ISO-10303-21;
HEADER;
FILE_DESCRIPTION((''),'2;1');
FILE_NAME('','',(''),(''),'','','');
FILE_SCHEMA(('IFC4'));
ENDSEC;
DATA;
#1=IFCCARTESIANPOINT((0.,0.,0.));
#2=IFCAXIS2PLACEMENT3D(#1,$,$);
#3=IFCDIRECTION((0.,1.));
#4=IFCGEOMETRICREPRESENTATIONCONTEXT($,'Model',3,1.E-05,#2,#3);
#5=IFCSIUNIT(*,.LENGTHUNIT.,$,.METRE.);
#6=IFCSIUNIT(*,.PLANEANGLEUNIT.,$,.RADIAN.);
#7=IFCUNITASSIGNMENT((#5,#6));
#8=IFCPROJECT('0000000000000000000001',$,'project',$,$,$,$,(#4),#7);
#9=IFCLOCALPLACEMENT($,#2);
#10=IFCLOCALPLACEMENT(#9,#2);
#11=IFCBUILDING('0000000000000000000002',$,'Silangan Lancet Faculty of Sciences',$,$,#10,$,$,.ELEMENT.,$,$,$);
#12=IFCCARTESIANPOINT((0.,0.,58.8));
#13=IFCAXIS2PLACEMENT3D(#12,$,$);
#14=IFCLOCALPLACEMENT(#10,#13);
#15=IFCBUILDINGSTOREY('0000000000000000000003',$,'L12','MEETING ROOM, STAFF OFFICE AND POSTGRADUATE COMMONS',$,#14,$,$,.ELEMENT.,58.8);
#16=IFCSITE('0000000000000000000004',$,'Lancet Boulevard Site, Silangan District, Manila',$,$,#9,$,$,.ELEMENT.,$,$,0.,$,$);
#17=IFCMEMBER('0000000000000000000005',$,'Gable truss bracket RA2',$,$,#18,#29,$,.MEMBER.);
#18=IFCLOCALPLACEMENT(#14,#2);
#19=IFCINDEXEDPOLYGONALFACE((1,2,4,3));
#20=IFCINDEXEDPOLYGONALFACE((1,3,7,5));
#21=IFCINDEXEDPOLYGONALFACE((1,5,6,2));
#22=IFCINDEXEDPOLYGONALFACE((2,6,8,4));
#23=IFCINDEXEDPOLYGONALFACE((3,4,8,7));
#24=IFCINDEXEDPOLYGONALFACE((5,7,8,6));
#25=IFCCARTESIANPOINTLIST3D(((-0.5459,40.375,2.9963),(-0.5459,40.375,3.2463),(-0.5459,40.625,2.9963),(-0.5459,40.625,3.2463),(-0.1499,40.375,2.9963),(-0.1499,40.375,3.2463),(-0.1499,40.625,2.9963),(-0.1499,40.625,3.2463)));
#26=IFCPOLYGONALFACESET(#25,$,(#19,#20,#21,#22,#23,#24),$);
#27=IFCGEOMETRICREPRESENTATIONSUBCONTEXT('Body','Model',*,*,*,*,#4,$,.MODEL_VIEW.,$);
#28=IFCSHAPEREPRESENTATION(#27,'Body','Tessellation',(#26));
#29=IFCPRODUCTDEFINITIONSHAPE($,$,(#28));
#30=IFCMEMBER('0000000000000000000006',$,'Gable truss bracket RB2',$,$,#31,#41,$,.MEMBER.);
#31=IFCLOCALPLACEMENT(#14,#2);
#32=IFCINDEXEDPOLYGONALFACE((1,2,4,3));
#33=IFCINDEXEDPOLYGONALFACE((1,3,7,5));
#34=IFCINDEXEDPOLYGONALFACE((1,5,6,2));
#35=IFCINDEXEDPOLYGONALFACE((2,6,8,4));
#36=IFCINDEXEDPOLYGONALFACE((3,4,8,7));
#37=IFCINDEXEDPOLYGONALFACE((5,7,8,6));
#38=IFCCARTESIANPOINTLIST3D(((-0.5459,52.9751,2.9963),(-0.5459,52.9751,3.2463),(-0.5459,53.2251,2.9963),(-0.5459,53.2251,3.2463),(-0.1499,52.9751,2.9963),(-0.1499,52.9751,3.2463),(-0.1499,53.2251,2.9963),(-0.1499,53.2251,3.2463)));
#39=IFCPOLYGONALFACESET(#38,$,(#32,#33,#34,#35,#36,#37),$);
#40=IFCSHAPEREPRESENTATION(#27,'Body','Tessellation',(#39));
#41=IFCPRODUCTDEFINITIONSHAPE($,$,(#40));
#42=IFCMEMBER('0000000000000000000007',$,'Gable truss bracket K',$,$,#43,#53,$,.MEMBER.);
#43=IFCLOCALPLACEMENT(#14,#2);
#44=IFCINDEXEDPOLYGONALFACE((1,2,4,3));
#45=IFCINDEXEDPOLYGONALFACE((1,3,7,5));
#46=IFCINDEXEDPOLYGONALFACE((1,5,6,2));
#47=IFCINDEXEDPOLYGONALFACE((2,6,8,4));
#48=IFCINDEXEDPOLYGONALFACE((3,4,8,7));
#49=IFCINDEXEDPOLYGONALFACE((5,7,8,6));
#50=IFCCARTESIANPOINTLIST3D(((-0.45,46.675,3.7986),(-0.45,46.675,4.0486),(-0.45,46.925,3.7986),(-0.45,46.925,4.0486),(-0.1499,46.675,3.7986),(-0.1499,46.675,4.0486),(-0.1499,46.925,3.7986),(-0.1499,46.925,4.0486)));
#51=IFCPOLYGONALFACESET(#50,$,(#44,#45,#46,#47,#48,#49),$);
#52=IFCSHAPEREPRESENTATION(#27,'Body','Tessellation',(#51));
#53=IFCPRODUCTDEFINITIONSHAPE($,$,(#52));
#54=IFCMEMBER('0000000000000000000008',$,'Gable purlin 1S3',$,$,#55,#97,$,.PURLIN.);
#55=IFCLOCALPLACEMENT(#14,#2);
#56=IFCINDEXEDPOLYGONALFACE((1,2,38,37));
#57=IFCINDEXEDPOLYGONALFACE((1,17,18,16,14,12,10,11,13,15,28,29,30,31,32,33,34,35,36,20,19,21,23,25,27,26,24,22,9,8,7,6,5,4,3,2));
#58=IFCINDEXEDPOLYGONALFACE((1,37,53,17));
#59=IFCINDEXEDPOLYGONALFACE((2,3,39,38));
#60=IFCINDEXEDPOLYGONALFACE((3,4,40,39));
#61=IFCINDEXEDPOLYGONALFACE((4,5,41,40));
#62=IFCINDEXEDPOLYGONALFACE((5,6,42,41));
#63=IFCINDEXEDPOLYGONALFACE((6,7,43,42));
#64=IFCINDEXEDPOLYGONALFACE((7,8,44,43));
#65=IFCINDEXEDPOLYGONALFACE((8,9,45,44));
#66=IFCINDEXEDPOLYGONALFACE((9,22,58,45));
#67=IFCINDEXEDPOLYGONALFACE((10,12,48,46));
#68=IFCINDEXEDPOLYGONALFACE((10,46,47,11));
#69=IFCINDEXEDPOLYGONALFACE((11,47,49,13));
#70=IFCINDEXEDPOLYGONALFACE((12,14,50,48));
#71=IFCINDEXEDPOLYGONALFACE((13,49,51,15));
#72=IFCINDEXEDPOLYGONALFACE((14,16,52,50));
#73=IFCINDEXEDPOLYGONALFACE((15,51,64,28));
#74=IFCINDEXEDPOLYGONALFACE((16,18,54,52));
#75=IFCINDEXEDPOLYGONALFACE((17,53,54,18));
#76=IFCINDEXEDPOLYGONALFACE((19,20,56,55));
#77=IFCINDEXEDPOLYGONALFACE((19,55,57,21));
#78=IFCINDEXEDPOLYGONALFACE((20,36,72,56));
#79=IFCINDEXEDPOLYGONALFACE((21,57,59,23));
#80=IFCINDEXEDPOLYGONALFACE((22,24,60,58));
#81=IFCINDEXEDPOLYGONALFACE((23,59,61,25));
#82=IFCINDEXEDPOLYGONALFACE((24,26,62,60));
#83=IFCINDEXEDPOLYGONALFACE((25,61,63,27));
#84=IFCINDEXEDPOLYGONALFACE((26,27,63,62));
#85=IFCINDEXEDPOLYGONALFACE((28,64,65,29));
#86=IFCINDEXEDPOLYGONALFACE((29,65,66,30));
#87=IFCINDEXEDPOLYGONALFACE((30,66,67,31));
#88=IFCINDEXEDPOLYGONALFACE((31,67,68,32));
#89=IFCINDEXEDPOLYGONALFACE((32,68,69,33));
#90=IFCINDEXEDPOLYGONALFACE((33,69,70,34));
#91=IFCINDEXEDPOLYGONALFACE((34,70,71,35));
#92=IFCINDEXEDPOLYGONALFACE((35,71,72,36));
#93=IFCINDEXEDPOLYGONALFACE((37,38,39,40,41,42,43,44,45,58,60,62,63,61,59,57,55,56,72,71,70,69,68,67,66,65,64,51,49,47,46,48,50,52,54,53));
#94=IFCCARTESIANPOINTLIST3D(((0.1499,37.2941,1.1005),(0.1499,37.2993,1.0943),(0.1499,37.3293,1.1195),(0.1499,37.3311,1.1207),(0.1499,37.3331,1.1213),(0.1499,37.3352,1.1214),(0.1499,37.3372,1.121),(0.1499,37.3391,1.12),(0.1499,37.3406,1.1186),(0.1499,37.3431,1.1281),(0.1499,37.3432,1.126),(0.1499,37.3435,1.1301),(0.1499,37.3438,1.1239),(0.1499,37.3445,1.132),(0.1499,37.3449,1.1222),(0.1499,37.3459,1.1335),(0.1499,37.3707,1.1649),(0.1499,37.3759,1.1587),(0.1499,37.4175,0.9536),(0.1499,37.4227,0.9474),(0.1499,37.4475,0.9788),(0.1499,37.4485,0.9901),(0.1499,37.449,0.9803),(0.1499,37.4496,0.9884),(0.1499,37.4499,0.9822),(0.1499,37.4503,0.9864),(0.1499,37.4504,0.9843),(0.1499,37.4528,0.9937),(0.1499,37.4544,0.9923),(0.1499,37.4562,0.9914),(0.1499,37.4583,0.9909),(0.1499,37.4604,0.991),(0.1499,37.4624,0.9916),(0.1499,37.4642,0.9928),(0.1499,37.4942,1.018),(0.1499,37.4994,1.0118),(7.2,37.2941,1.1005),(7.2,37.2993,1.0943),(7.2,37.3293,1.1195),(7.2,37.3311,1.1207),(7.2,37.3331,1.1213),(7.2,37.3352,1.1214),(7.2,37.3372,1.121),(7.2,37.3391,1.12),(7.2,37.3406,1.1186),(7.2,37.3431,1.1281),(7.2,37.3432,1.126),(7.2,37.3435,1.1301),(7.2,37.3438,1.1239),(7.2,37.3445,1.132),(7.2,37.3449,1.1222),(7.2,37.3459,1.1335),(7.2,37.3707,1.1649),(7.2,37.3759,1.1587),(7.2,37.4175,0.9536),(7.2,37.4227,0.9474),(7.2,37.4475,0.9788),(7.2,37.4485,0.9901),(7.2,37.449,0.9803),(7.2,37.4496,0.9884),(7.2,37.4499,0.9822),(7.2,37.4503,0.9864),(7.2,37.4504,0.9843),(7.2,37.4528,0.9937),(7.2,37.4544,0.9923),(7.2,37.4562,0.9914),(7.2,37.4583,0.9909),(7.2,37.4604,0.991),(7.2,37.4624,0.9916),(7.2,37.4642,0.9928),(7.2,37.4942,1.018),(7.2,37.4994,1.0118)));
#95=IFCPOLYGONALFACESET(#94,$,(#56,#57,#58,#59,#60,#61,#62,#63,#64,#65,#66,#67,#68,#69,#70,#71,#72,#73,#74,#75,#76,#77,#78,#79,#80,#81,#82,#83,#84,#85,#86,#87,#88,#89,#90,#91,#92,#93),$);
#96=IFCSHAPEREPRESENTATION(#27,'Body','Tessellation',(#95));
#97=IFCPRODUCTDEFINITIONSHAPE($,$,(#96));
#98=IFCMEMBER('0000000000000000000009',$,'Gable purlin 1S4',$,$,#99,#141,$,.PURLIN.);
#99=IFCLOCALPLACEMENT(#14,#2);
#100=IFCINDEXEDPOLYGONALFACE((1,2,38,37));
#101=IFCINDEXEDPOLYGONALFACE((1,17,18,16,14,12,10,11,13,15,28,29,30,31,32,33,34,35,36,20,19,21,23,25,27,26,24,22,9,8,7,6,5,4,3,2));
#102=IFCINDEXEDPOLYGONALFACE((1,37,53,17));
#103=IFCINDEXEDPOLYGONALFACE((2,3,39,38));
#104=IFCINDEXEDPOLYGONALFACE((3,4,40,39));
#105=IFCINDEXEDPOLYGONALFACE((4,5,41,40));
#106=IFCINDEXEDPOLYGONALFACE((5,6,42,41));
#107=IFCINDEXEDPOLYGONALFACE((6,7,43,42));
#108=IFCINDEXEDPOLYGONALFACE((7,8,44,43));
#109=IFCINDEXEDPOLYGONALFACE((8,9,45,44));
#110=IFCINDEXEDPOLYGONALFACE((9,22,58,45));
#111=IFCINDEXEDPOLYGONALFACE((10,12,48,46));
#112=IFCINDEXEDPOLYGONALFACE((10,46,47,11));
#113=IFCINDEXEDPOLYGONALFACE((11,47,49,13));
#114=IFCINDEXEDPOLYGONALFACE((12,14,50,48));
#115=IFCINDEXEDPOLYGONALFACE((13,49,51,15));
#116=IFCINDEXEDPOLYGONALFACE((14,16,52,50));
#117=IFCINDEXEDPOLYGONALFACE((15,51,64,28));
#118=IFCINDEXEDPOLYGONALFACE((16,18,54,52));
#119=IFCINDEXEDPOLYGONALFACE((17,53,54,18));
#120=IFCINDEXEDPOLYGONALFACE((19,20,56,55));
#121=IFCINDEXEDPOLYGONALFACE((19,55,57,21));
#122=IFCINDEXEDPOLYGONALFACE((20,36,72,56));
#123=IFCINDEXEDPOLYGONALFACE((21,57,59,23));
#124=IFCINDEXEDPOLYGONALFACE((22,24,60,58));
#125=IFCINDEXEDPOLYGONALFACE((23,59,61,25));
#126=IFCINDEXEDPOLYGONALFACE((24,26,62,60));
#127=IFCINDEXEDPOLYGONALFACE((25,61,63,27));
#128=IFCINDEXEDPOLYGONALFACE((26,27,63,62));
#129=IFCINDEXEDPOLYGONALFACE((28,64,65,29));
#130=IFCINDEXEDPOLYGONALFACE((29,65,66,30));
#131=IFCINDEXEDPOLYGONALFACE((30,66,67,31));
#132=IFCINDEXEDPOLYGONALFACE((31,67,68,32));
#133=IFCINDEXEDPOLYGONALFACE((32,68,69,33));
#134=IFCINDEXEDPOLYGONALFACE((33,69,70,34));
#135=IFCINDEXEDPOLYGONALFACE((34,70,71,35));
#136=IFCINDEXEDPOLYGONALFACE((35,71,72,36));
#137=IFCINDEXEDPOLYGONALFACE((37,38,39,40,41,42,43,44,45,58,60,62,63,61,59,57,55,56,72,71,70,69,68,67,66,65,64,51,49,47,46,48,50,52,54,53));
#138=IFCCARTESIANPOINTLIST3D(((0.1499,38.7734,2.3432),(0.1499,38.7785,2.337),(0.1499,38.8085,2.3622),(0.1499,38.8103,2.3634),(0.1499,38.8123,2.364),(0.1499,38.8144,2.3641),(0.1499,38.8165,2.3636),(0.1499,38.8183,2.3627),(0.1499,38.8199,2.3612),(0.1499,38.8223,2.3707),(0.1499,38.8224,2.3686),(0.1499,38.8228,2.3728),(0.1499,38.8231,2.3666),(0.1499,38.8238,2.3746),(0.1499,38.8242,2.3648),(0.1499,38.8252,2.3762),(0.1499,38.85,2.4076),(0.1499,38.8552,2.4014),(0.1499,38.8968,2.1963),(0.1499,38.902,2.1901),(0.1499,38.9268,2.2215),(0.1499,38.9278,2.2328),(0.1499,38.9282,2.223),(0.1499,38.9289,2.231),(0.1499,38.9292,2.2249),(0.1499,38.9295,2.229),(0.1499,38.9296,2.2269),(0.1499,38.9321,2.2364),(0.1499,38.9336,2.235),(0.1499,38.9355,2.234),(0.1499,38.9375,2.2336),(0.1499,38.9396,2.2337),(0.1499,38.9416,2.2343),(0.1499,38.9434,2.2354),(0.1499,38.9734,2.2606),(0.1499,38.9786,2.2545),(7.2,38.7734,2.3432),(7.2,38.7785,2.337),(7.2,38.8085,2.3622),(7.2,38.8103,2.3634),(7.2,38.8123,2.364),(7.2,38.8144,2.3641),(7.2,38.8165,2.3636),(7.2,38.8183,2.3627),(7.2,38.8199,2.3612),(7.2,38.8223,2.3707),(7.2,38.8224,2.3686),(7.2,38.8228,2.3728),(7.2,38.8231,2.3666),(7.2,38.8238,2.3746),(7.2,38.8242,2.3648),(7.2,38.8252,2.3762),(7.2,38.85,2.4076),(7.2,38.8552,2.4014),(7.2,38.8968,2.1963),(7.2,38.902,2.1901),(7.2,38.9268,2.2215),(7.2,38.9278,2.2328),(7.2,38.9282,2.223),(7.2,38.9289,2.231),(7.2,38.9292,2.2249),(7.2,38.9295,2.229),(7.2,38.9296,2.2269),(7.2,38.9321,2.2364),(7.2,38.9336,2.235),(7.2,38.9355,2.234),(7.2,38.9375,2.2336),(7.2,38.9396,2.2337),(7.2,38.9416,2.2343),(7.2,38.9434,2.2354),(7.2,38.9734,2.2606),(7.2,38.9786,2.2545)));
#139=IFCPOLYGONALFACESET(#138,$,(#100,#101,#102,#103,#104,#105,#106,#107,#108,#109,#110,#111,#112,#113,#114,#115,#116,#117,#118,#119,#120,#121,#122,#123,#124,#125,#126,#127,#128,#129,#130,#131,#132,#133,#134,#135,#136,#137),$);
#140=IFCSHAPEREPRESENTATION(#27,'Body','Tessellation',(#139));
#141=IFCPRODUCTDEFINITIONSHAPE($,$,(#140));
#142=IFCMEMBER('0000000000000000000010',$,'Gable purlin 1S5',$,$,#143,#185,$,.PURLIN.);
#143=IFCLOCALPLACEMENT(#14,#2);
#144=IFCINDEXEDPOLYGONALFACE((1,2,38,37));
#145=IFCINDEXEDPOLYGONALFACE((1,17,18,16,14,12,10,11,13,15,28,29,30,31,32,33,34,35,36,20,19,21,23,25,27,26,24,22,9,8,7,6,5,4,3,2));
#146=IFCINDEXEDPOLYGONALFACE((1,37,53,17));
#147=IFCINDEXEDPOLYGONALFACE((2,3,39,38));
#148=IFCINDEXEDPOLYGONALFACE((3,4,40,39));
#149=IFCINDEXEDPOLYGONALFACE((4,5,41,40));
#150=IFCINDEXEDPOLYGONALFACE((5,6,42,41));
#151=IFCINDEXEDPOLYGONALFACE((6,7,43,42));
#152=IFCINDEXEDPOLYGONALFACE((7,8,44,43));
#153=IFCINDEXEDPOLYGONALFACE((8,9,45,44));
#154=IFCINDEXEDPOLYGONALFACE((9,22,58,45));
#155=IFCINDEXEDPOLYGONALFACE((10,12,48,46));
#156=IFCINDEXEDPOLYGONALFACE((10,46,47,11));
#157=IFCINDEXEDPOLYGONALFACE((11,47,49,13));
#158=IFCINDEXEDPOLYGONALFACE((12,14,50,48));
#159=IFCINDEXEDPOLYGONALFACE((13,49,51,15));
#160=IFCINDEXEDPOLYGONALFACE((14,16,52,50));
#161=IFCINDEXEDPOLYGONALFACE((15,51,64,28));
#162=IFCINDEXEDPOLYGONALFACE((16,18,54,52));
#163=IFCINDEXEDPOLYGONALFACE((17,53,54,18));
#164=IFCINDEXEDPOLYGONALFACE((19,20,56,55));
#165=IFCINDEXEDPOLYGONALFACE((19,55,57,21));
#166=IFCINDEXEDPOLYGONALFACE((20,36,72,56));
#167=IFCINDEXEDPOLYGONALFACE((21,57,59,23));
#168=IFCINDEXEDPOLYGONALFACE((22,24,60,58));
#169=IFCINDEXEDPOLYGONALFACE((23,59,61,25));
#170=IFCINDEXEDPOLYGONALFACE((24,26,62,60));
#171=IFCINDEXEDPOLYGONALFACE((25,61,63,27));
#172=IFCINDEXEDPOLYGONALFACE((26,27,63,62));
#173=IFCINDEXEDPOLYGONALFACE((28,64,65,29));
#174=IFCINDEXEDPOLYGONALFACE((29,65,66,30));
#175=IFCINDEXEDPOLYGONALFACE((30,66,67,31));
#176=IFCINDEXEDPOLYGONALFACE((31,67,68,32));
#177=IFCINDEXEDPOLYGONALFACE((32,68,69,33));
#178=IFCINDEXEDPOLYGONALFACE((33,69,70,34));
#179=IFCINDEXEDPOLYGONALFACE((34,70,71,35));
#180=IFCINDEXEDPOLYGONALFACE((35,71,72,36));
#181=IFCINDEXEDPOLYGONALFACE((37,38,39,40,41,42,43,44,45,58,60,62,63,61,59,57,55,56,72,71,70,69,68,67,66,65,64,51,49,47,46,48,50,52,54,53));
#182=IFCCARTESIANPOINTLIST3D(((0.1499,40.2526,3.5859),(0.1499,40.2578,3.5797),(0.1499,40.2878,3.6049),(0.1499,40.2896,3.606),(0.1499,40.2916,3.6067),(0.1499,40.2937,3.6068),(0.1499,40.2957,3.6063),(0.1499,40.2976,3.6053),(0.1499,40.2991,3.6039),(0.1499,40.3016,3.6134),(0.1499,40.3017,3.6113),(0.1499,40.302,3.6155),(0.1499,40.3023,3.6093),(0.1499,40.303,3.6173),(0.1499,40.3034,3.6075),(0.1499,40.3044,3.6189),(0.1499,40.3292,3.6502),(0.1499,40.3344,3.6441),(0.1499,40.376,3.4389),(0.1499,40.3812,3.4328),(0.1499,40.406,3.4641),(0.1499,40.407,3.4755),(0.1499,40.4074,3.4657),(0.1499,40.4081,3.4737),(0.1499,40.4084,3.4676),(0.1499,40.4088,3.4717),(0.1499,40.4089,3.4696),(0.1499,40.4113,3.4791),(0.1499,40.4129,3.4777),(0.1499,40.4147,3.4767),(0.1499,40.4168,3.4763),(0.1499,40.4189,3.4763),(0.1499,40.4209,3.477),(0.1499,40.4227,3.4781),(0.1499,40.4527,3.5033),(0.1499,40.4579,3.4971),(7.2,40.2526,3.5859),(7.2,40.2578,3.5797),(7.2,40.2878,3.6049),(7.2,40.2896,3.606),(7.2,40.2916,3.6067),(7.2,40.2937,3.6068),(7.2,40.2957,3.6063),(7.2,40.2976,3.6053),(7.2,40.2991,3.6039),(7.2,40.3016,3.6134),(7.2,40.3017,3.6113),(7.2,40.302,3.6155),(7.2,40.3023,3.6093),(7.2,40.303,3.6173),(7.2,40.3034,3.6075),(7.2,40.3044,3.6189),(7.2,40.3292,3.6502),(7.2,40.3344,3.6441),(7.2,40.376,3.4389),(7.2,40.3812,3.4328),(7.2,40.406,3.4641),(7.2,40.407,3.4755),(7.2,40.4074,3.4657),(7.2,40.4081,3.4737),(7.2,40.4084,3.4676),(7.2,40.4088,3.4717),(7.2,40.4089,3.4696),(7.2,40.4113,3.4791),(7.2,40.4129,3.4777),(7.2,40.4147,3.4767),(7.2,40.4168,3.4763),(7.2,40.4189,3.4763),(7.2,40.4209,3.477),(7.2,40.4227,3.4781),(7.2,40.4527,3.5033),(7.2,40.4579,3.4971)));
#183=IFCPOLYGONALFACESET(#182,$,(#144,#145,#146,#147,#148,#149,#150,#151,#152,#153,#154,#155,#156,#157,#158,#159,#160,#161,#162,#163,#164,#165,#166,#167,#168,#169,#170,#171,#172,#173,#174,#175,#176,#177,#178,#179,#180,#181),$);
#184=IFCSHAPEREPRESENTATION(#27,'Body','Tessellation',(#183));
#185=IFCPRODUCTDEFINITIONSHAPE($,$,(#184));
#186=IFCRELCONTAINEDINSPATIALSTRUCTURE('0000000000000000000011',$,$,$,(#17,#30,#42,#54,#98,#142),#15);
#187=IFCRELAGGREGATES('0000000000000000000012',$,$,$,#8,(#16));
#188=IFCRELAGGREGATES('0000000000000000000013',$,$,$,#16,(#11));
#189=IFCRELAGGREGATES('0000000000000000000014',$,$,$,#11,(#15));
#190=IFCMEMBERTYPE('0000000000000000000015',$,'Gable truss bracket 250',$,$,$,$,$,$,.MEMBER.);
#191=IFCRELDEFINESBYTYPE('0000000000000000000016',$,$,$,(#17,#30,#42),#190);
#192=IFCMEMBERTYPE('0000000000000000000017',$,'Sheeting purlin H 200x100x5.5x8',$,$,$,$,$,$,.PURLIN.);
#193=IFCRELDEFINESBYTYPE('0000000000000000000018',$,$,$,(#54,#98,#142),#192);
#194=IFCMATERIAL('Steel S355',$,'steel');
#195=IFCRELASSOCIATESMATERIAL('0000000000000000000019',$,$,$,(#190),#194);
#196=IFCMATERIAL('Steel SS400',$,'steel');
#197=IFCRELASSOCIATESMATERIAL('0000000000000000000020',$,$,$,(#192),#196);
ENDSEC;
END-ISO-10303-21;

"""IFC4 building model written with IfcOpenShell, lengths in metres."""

from ifc_helpers import new_model, si_unit, direction, frame, origin, origin_2d, place, context, subcontext, project, spatial, rectangle, i_section, extrude, material, material_profile, profile_set, type_object, element, save


model = new_model("IFC4")

# Units and contexts
model_context = context("Model", 3, precision=1e-05, world=origin(), true_north=direction((0.0, 1.0)))
body_context = subcontext(model_context, "Body", "Model", "MODEL_VIEW")
ifc_project = project(units=[si_unit("LENGTHUNIT", "METRE"), si_unit("PLANEANGLEUNIT", "RADIAN")], contexts=[model_context])

# Site, building, storey
site_placement = place(None, origin())
site = spatial("IfcSite", under=ifc_project, at=site_placement, Name="Lancet Boulevard Site, Silangan District, Manila", CompositionType="ELEMENT", RefElevation=0.0)
building_placement = place(site_placement, origin())
building = spatial("IfcBuilding", under=site, at=building_placement, Name="Silangan Lancet Faculty of Sciences", CompositionType="ELEMENT")
storey_placement = place(building_placement, frame((0.0, 0.0, 58.8)))
storey = spatial("IfcBuildingStorey", under=building, at=storey_placement, Name="L12", Description="MEETING ROOM, STAFF OFFICE AND POSTGRADUATE COMMONS", CompositionType="ELEMENT", Elevation=58.8)

# Members
ifc_material_1 = material(Name="Steel S355", Category="steel")
ifc_material_profile_1 = material_profile(ifc_material_1, rectangle(XDim=0.25, YDim=0.25, at=origin_2d()), Name="steel 250x250")
ifc_profile_set_1 = profile_set([ifc_material_profile_1], Name="Steel S355")
member_type_1 = type_object("IfcMemberType", Name="Gable truss bracket 250", PredefinedType="MEMBER", material=ifc_profile_set_1)
for number, where, z_axis, x_axis, name in (
    (1, (-0.1499, 40.5, 3.1213), (-1.0, 0.0, 0.0), (0.0, -1.0, 0.0), "Gable truss bracket RA2"),
    (2, (-0.1499, 53.1001, 3.1213), (-1.0, 0.0, 0.0), (0.0, -1.0, 0.0), "Gable truss bracket RB2"),
):
    element("IfcMember", number, at=place(storey_placement, frame(where, z_axis=z_axis, x_axis=x_axis)), inside=storey, type_object=member_type_1, Name=name, PredefinedType="MEMBER", context=body_context, shape_type="SweptSolid", body=[
        extrude(rectangle(XDim=0.25, YDim=0.25, at=origin_2d()), origin(), (0.0, 0.0, 1.0), 0.396),
    ])
member_placement = place(storey_placement, frame((-0.1499, 46.8, 3.9236), z_axis=(-1.0, 0.0, 0.0), x_axis=(0.0, -1.0, 0.0)))
element("IfcMember", 3, at=member_placement, inside=storey, type_object=member_type_1, Name="Gable truss bracket K", PredefinedType="MEMBER", context=body_context, shape_type="SweptSolid", body=[
    extrude(rectangle(XDim=0.25, YDim=0.25, at=origin_2d()), origin(), (0.0, 0.0, 1.0), 0.3),
])
ifc_material_2 = material(Name="Steel SS400", Category="steel")
ifc_material_profile_2 = material_profile(ifc_material_2, i_section(OverallWidth=0.1001, OverallDepth=0.2, WebThickness=0.0056, FlangeThickness=0.0081, FilletRadius=0.0081, at=origin_2d()), Name="H 200x100x5.5x8")
ifc_profile_set_2 = profile_set([ifc_material_profile_2], Name="Steel SS400")
member_type_2 = type_object("IfcMemberType", Name="Sheeting purlin H 200x100x5.5x8", PredefinedType="PURLIN", material=ifc_profile_set_2)
for number, where, z_axis, x_axis, name in (
    (4, (0.1499, 37.3967, 1.0562), (1.0, 0.0, 0.0), (0.0, 0.765705, 0.643192), "Gable purlin 1S3"),
    (5, (0.1499, 38.876, 2.2988), (1.0, 0.0, 0.0), (0.0, 0.765705, 0.643192), "Gable purlin 1S4"),
    (6, (0.1499, 40.3552, 3.5415), (1.0, 0.0, 0.0), (0.0, 0.765705, 0.643192), "Gable purlin 1S5"),
):
    element("IfcMember", number, at=place(storey_placement, frame(where, z_axis=z_axis, x_axis=x_axis)), inside=storey, type_object=member_type_2, Name=name, PredefinedType="PURLIN", context=body_context, shape_type="SweptSolid", body=[
        extrude(i_section(OverallWidth=0.1001, OverallDepth=0.2, WebThickness=0.0056, FlangeThickness=0.0081, FilletRadius=0.0081, at=origin_2d()), origin(), (0.0, 0.0, 1.0), 7.05),
    ])

save(model, "model.ifc")
